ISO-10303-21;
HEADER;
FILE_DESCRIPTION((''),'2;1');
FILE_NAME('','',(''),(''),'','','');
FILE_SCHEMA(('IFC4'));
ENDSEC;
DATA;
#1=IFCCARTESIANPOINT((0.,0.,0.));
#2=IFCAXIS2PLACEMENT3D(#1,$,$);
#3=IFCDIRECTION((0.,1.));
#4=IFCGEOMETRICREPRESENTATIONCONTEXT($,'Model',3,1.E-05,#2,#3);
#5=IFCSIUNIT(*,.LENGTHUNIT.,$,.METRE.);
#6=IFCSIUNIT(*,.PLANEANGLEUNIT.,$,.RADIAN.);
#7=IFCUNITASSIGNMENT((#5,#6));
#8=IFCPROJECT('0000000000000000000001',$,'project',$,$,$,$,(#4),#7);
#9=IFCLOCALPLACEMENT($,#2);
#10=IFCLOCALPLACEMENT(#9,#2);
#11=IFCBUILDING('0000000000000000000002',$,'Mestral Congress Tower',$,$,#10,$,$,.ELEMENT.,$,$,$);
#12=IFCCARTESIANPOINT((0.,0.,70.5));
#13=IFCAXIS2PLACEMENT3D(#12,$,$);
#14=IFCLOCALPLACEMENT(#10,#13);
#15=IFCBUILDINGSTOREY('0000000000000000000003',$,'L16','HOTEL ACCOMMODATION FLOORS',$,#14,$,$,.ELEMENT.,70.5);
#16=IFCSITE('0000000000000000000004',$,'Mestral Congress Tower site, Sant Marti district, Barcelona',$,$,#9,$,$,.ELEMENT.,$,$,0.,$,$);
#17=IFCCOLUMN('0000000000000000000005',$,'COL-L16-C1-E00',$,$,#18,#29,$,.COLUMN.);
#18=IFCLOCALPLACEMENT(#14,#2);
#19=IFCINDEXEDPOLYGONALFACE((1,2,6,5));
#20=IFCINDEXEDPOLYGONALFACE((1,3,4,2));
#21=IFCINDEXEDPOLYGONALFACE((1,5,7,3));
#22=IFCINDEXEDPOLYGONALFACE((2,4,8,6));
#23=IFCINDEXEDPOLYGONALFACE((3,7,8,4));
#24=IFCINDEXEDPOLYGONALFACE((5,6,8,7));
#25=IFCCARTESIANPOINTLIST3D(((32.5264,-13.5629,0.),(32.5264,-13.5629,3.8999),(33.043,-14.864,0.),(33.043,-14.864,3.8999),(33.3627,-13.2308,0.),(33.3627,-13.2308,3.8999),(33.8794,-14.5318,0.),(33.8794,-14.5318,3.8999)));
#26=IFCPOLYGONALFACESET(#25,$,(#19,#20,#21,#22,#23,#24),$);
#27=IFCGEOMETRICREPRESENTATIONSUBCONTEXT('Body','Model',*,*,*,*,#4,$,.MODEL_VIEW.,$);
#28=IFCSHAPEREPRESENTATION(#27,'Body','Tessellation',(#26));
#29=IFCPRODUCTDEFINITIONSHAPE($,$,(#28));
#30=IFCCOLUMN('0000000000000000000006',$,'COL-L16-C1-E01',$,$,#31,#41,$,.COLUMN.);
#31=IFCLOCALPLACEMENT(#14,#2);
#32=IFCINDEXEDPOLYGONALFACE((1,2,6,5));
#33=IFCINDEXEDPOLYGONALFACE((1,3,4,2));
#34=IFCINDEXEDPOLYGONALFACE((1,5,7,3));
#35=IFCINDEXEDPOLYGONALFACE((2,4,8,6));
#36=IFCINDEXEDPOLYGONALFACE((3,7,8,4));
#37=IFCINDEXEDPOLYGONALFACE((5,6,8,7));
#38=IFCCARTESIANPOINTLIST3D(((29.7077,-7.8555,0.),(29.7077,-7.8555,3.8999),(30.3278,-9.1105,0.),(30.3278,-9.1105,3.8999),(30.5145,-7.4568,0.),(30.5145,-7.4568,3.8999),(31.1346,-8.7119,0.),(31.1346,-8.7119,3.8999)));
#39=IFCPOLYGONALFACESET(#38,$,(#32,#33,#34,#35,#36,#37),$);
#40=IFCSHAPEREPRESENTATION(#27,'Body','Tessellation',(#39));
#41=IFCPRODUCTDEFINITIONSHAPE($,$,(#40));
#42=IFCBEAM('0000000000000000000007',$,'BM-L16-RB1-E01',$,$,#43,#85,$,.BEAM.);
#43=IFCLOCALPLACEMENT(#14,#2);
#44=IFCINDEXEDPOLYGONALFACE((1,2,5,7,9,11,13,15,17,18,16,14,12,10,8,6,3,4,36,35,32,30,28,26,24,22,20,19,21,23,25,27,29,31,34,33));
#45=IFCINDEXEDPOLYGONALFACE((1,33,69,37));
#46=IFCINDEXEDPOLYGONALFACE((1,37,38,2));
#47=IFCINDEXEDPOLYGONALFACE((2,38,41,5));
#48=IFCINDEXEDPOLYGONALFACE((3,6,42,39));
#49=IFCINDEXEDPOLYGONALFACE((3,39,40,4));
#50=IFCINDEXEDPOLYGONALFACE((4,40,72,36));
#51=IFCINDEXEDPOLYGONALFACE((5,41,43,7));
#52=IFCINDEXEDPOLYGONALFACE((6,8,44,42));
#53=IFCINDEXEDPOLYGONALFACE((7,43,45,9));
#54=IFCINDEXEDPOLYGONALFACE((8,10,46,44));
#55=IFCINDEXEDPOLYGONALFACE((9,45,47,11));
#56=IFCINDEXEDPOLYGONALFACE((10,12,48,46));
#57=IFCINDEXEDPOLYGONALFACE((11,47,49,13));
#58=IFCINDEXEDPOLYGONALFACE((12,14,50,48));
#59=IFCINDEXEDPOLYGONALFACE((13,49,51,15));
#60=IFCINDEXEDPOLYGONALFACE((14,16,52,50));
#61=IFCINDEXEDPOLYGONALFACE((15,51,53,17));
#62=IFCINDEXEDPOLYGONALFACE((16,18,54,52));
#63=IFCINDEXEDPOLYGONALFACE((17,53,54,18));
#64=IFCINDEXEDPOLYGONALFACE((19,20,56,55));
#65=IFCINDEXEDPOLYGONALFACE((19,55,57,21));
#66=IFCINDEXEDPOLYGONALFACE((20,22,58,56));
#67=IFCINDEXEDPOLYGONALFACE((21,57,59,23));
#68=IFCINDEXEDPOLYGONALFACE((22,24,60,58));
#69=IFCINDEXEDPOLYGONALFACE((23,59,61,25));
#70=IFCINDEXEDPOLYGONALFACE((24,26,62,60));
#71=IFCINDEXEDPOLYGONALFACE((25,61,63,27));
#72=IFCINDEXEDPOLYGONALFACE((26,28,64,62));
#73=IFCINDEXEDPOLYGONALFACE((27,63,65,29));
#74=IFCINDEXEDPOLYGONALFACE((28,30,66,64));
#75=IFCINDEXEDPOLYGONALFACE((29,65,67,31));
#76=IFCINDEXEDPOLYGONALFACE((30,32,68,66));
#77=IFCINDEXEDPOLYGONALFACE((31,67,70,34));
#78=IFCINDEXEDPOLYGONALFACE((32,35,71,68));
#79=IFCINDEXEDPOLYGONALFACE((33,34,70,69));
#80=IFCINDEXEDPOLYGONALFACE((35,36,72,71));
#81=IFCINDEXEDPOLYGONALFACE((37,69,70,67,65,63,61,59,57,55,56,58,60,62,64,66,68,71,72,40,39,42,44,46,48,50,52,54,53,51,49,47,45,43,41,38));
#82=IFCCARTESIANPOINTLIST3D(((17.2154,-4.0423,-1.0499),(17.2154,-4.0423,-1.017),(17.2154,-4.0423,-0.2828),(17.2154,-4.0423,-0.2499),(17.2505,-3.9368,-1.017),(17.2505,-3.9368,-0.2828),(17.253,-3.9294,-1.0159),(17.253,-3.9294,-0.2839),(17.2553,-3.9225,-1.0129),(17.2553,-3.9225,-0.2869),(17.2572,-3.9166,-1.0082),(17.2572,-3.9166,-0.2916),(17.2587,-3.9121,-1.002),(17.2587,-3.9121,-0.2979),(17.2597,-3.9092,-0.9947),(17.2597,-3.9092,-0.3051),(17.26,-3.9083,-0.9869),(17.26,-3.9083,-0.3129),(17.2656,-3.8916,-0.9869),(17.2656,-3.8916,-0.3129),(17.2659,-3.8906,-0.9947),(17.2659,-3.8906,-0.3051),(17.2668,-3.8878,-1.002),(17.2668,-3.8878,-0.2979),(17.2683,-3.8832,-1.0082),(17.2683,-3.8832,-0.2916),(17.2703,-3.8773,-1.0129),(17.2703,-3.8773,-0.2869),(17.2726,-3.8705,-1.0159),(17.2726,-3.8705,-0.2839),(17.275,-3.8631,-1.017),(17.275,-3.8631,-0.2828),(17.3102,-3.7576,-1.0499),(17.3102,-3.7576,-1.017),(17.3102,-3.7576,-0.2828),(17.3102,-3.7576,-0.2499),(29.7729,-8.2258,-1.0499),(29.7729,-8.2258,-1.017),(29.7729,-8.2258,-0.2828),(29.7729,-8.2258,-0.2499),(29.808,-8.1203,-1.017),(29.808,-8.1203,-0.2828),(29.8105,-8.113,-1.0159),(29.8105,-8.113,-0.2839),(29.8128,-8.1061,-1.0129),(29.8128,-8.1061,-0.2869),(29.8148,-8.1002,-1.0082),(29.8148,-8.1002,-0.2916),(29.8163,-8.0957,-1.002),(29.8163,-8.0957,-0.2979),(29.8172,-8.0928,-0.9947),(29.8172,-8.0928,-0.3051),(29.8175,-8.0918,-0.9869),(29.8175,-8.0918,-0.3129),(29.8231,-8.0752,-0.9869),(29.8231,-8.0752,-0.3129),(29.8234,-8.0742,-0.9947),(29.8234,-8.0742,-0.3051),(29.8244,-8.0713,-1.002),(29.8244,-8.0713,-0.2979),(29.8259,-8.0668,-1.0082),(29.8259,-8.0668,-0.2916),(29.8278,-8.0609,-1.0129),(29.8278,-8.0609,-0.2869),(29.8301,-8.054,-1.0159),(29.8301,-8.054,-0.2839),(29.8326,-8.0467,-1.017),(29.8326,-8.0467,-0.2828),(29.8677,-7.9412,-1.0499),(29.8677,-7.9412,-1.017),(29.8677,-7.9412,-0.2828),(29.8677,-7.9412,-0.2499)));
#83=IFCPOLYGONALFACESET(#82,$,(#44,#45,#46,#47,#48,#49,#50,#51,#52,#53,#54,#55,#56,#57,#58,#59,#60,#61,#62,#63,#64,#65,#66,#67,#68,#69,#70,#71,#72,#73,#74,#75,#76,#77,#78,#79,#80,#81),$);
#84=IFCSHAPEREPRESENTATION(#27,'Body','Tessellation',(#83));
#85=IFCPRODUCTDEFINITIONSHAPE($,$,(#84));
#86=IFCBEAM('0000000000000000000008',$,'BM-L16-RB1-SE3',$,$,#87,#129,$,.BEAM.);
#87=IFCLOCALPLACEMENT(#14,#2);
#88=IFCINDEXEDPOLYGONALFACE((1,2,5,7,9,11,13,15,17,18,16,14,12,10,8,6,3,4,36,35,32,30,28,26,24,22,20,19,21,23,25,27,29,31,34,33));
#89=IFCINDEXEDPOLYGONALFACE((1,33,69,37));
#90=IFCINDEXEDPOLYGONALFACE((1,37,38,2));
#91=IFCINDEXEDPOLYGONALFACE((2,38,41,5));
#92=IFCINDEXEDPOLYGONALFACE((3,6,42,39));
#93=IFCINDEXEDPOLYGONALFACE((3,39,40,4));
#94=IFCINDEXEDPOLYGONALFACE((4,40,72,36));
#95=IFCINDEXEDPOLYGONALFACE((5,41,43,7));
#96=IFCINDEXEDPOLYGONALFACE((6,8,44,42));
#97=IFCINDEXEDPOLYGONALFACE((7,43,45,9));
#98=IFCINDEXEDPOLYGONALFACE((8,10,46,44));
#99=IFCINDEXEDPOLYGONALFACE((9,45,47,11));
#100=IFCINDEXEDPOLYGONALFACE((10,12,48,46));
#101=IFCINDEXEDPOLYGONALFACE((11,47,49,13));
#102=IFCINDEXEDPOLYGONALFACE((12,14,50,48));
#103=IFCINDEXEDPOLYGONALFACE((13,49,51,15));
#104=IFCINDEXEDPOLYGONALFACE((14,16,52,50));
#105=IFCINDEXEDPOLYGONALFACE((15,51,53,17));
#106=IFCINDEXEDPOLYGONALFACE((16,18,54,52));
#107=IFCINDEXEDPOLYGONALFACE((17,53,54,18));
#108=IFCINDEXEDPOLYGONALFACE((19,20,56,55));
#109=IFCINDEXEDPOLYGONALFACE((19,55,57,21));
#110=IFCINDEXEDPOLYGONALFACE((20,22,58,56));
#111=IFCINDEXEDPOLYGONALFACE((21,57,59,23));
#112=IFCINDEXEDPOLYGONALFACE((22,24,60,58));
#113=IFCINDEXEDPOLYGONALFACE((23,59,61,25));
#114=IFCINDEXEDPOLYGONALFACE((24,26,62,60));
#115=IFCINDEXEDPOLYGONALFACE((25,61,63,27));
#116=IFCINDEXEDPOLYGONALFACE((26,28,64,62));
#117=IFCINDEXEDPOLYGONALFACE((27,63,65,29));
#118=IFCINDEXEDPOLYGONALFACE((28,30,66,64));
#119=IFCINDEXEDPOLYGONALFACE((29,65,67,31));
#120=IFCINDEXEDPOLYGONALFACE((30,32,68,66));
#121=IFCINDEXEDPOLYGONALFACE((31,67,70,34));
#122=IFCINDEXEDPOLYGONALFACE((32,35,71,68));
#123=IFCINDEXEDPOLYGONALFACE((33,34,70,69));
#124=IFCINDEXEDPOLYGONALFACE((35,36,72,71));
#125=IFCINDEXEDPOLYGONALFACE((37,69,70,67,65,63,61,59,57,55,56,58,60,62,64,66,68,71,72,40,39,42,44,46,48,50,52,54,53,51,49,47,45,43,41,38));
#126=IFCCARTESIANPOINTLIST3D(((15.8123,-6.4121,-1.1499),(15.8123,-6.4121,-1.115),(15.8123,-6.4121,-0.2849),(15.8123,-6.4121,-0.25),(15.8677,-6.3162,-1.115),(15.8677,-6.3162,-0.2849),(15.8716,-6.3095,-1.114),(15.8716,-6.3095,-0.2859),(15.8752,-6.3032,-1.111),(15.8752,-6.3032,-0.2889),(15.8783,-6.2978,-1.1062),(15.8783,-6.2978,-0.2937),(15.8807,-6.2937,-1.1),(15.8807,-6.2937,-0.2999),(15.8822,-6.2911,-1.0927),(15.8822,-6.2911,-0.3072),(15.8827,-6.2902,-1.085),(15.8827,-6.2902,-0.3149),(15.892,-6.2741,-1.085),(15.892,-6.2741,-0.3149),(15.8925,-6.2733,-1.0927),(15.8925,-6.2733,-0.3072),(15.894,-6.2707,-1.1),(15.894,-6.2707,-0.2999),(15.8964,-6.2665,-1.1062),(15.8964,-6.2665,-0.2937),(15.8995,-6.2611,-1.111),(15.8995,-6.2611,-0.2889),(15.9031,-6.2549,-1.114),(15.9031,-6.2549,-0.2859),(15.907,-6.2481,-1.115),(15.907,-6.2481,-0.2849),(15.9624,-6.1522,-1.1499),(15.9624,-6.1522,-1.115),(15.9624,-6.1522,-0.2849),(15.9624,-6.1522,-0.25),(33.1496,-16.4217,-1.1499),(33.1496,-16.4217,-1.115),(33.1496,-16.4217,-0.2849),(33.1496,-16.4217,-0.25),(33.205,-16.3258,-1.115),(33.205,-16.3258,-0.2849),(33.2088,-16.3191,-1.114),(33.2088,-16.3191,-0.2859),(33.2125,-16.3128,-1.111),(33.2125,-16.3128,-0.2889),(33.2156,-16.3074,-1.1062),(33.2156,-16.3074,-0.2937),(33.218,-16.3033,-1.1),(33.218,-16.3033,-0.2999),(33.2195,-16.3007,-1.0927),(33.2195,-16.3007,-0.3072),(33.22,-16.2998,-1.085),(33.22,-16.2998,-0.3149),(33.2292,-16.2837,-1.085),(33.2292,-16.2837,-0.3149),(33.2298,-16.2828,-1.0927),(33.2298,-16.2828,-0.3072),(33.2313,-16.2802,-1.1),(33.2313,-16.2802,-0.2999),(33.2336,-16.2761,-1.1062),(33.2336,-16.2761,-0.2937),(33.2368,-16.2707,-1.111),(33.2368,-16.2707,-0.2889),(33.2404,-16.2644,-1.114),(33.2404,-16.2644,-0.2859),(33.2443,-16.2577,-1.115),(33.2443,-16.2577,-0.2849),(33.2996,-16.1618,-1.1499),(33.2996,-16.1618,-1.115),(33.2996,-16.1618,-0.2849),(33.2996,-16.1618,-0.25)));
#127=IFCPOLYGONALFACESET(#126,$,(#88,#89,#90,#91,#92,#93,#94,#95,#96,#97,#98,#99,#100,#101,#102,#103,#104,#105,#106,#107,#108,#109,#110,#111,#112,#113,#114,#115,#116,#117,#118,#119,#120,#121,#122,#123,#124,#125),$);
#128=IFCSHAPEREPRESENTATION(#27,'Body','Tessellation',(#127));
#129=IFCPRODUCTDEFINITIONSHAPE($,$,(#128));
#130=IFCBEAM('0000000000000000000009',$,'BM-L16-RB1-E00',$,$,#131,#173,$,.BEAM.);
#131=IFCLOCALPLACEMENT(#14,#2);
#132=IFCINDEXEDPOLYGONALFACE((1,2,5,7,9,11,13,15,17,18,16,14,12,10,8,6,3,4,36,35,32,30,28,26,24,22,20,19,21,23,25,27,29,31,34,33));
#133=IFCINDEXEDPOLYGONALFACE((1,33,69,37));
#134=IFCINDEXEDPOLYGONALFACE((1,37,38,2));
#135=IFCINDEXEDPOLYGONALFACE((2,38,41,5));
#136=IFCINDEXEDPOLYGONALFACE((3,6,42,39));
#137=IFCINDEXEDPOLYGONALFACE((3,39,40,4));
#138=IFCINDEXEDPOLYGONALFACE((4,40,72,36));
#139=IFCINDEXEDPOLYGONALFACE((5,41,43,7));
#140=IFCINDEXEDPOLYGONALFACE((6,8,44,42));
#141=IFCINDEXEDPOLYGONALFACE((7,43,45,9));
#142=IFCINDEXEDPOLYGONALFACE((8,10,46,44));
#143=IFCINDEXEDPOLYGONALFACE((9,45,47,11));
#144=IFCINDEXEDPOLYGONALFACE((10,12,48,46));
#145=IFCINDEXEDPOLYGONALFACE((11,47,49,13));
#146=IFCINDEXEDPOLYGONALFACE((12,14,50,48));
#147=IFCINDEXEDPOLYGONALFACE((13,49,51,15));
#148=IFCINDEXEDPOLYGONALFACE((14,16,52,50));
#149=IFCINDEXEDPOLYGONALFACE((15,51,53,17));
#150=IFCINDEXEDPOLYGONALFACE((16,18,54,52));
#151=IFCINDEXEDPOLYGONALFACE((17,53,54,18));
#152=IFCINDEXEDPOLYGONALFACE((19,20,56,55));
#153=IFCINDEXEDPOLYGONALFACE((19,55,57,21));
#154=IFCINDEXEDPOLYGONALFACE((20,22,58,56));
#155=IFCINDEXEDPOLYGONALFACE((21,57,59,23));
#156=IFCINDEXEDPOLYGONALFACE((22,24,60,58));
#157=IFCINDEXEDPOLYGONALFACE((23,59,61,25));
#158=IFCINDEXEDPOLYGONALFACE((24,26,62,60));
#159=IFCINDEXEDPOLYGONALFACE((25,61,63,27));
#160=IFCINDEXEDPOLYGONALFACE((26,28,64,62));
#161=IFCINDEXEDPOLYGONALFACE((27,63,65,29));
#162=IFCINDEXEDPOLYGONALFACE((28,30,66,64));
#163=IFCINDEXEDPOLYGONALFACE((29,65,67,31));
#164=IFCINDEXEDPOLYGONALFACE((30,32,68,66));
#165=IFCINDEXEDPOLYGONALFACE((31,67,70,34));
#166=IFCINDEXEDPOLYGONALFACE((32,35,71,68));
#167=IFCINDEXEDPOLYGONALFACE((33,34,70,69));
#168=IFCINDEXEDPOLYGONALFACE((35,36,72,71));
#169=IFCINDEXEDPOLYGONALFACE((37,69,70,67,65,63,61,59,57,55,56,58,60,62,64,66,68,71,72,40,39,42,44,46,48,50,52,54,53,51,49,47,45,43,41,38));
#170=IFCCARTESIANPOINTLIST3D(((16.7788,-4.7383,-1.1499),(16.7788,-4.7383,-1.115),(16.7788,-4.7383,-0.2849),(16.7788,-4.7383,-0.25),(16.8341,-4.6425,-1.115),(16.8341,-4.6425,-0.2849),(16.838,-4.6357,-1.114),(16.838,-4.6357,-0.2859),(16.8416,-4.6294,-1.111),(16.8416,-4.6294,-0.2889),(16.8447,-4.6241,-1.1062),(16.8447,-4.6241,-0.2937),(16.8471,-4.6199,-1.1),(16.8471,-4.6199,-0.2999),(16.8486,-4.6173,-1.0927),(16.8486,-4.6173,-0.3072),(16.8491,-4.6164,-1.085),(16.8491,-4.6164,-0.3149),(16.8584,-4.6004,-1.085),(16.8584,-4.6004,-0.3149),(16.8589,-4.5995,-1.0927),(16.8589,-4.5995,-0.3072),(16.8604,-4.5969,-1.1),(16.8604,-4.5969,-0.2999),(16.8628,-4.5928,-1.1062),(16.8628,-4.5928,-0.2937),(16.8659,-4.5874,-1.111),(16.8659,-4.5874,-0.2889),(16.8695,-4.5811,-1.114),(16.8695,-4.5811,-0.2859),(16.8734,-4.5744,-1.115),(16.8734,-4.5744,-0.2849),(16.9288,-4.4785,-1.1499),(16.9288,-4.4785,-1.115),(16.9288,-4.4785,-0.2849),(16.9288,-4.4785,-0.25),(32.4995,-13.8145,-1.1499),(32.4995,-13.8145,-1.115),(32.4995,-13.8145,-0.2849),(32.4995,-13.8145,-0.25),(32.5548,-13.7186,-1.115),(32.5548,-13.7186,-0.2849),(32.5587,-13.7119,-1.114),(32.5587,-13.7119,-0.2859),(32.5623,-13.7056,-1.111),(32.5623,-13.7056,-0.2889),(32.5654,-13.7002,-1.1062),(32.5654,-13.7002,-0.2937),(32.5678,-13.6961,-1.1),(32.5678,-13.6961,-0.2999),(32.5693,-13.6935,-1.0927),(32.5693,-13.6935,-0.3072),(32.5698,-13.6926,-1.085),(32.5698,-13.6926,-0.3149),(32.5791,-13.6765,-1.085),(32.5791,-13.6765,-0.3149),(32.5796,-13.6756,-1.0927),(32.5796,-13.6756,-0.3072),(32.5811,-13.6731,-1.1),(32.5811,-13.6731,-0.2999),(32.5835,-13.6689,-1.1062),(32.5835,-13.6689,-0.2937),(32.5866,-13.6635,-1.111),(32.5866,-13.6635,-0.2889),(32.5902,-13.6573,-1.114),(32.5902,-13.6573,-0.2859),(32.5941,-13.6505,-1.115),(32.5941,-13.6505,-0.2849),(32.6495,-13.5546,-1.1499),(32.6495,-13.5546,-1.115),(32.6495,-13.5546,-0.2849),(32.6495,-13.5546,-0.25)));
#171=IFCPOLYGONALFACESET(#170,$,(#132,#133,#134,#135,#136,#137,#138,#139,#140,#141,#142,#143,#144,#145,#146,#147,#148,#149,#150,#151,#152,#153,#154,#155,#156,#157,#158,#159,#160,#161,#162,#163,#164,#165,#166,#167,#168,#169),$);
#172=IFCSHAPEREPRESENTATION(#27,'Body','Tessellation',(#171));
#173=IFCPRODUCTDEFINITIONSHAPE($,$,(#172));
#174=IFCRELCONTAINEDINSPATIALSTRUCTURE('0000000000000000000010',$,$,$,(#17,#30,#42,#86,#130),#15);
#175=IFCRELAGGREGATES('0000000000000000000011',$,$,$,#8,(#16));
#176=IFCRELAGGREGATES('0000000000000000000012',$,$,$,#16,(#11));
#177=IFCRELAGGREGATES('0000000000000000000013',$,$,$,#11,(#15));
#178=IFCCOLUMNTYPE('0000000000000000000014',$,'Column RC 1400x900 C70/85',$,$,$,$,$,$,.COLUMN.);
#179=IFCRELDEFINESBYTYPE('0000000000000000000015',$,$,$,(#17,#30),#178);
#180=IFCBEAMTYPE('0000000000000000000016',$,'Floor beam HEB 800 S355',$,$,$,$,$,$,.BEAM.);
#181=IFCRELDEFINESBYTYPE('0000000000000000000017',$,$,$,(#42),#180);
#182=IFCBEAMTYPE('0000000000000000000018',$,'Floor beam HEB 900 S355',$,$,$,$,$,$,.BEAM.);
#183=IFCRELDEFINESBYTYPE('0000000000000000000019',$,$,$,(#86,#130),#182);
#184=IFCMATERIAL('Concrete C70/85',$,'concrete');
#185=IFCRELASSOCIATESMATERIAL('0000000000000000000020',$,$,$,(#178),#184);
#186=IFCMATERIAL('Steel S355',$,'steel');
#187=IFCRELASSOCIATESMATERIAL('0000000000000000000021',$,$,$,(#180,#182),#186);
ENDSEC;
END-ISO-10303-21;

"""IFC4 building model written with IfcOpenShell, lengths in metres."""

from ifc_helpers import new_model, si_unit, direction, frame, origin, origin_2d, place, context, subcontext, project, spatial, rectangle, i_section, extrude, material, material_profile, profile_set, type_object, element, save


model = new_model("IFC4")

# Units and contexts
model_context = context("Model", 3, precision=1e-05, world=origin(), true_north=direction((0.0, 1.0)))
body_context = subcontext(model_context, "Body", "Model", "MODEL_VIEW")
ifc_project = project(units=[si_unit("LENGTHUNIT", "METRE"), si_unit("PLANEANGLEUNIT", "RADIAN")], contexts=[model_context])

# Site, building, storey
site_placement = place(None, origin())
site = spatial("IfcSite", under=ifc_project, at=site_placement, Name="Mestral Congress Tower site, Sant Marti district, Barcelona", CompositionType="ELEMENT", RefElevation=0.0)
building_placement = place(site_placement, origin())
building = spatial("IfcBuilding", under=site, at=building_placement, Name="Mestral Congress Tower", CompositionType="ELEMENT")
storey_placement = place(building_placement, frame((0.0, 0.0, 70.5)))
storey = spatial("IfcBuildingStorey", under=building, at=storey_placement, Name="L16", Description="HOTEL ACCOMMODATION FLOORS", CompositionType="ELEMENT", Elevation=70.5)

# Columns
ifc_material_1 = material(Name="Concrete C70/85", Category="concrete")
ifc_material_profile_1 = material_profile(ifc_material_1, rectangle(XDim=1.3999, YDim=0.8999, at=origin_2d()), Name="RC 1400x900")
ifc_profile_set_1 = profile_set([ifc_material_profile_1], Name="Concrete C70/85")
column_type = type_object("IfcColumnType", Name="Column RC 1400x900 C70/85", PredefinedType="COLUMN", material=ifc_profile_set_1)
for number, where, z_axis, x_axis, name in (
    (1, (33.2029, -14.0474, 0.0), (0.0, 0.0, 1.0), (-0.36909, 0.929394, 0.0), "COL-L16-C1-E00"),
    (2, (30.4211, -8.2837, 0.0), (0.0, 0.0, 1.0), (-0.442959, 0.896542, 0.0), "COL-L16-C1-E01"),
):
    element("IfcColumn", number, at=place(storey_placement, frame(where, z_axis=z_axis, x_axis=x_axis)), inside=storey, type_object=column_type, Name=name, PredefinedType="COLUMN", context=body_context, shape_type="SweptSolid", body=[
        extrude(rectangle(XDim=1.3999, YDim=0.8999, at=origin_2d()), origin(), (0.0, 0.0, 1.0), 3.8999),
    ])

# Beams
ifc_material_2 = material(Name="Steel S355", Category="steel")
ifc_material_profile_2 = material_profile(ifc_material_2, i_section(OverallWidth=0.3, OverallDepth=0.8, WebThickness=0.0176, FlangeThickness=0.033, FilletRadius=0.03, at=origin_2d()), Name="HEB 800")
ifc_profile_set_2 = profile_set([ifc_material_profile_2], Name="Steel S355")
beam_type_1 = type_object("IfcBeamType", Name="Floor beam HEB 800 S355", PredefinedType="BEAM", material=ifc_profile_set_2)
beam_1_placement = place(storey_placement, frame((29.8203, -8.0835, -0.6499), z_axis=(-0.948735, 0.316073, 0.0), x_axis=(-0.316073, -0.948735, 0.0)))
element("IfcBeam", 3, at=beam_1_placement, inside=storey, type_object=beam_type_1, Name="BM-L16-RB1-E01", PredefinedType="BEAM", context=body_context, shape_type="SweptSolid", body=[
    extrude(i_section(OverallWidth=0.3, OverallDepth=0.8, WebThickness=0.0176, FlangeThickness=0.033, FilletRadius=0.03, at=origin_2d()), origin(), (0.0, 0.0, 1.0), 13.2361),
])
ifc_material_profile_3 = material_profile(ifc_material_2, i_section(OverallWidth=0.3, OverallDepth=0.8999, WebThickness=0.0186, FlangeThickness=0.0349, FilletRadius=0.03, at=origin_2d()), Name="HEB 900")
ifc_profile_set_3 = profile_set([ifc_material_profile_3], Name="Steel S355")
beam_type_2 = type_object("IfcBeamType", Name="Floor beam HEB 900 S355", PredefinedType="BEAM", material=ifc_profile_set_3)
beam_2_placement = place(storey_placement, frame((33.2246, -16.2917, -0.7), z_axis=(-0.866027, 0.499997, 0.0), x_axis=(-0.499997, -0.866027, 0.0)))
element("IfcBeam", 4, at=beam_2_placement, inside=storey, type_object=beam_type_2, Name="BM-L16-RB1-SE3", PredefinedType="BEAM", context=body_context, shape_type="SweptSolid", body=[
    extrude(i_section(OverallWidth=0.3, OverallDepth=0.8999, WebThickness=0.0186, FlangeThickness=0.0349, FilletRadius=0.03, at=origin_2d()), origin(), (0.0, 0.0, 1.0), 20.0193),
])
beam_3_placement = place(storey_placement, frame((32.5745, -13.6846, -0.7), z_axis=(-0.86603, 0.499993, 0.0), x_axis=(-0.499993, -0.86603, 0.0)))
element("IfcBeam", 5, at=beam_3_placement, inside=storey, type_object=beam_type_2, Name="BM-L16-RB1-E00", PredefinedType="BEAM", context=body_context, shape_type="SweptSolid", body=[
    extrude(i_section(OverallWidth=0.3, OverallDepth=0.8999, WebThickness=0.0186, FlangeThickness=0.0349, FilletRadius=0.03, at=origin_2d()), origin(), (0.0, 0.0, 1.0), 18.1526),
])

save(model, "model.ifc")
